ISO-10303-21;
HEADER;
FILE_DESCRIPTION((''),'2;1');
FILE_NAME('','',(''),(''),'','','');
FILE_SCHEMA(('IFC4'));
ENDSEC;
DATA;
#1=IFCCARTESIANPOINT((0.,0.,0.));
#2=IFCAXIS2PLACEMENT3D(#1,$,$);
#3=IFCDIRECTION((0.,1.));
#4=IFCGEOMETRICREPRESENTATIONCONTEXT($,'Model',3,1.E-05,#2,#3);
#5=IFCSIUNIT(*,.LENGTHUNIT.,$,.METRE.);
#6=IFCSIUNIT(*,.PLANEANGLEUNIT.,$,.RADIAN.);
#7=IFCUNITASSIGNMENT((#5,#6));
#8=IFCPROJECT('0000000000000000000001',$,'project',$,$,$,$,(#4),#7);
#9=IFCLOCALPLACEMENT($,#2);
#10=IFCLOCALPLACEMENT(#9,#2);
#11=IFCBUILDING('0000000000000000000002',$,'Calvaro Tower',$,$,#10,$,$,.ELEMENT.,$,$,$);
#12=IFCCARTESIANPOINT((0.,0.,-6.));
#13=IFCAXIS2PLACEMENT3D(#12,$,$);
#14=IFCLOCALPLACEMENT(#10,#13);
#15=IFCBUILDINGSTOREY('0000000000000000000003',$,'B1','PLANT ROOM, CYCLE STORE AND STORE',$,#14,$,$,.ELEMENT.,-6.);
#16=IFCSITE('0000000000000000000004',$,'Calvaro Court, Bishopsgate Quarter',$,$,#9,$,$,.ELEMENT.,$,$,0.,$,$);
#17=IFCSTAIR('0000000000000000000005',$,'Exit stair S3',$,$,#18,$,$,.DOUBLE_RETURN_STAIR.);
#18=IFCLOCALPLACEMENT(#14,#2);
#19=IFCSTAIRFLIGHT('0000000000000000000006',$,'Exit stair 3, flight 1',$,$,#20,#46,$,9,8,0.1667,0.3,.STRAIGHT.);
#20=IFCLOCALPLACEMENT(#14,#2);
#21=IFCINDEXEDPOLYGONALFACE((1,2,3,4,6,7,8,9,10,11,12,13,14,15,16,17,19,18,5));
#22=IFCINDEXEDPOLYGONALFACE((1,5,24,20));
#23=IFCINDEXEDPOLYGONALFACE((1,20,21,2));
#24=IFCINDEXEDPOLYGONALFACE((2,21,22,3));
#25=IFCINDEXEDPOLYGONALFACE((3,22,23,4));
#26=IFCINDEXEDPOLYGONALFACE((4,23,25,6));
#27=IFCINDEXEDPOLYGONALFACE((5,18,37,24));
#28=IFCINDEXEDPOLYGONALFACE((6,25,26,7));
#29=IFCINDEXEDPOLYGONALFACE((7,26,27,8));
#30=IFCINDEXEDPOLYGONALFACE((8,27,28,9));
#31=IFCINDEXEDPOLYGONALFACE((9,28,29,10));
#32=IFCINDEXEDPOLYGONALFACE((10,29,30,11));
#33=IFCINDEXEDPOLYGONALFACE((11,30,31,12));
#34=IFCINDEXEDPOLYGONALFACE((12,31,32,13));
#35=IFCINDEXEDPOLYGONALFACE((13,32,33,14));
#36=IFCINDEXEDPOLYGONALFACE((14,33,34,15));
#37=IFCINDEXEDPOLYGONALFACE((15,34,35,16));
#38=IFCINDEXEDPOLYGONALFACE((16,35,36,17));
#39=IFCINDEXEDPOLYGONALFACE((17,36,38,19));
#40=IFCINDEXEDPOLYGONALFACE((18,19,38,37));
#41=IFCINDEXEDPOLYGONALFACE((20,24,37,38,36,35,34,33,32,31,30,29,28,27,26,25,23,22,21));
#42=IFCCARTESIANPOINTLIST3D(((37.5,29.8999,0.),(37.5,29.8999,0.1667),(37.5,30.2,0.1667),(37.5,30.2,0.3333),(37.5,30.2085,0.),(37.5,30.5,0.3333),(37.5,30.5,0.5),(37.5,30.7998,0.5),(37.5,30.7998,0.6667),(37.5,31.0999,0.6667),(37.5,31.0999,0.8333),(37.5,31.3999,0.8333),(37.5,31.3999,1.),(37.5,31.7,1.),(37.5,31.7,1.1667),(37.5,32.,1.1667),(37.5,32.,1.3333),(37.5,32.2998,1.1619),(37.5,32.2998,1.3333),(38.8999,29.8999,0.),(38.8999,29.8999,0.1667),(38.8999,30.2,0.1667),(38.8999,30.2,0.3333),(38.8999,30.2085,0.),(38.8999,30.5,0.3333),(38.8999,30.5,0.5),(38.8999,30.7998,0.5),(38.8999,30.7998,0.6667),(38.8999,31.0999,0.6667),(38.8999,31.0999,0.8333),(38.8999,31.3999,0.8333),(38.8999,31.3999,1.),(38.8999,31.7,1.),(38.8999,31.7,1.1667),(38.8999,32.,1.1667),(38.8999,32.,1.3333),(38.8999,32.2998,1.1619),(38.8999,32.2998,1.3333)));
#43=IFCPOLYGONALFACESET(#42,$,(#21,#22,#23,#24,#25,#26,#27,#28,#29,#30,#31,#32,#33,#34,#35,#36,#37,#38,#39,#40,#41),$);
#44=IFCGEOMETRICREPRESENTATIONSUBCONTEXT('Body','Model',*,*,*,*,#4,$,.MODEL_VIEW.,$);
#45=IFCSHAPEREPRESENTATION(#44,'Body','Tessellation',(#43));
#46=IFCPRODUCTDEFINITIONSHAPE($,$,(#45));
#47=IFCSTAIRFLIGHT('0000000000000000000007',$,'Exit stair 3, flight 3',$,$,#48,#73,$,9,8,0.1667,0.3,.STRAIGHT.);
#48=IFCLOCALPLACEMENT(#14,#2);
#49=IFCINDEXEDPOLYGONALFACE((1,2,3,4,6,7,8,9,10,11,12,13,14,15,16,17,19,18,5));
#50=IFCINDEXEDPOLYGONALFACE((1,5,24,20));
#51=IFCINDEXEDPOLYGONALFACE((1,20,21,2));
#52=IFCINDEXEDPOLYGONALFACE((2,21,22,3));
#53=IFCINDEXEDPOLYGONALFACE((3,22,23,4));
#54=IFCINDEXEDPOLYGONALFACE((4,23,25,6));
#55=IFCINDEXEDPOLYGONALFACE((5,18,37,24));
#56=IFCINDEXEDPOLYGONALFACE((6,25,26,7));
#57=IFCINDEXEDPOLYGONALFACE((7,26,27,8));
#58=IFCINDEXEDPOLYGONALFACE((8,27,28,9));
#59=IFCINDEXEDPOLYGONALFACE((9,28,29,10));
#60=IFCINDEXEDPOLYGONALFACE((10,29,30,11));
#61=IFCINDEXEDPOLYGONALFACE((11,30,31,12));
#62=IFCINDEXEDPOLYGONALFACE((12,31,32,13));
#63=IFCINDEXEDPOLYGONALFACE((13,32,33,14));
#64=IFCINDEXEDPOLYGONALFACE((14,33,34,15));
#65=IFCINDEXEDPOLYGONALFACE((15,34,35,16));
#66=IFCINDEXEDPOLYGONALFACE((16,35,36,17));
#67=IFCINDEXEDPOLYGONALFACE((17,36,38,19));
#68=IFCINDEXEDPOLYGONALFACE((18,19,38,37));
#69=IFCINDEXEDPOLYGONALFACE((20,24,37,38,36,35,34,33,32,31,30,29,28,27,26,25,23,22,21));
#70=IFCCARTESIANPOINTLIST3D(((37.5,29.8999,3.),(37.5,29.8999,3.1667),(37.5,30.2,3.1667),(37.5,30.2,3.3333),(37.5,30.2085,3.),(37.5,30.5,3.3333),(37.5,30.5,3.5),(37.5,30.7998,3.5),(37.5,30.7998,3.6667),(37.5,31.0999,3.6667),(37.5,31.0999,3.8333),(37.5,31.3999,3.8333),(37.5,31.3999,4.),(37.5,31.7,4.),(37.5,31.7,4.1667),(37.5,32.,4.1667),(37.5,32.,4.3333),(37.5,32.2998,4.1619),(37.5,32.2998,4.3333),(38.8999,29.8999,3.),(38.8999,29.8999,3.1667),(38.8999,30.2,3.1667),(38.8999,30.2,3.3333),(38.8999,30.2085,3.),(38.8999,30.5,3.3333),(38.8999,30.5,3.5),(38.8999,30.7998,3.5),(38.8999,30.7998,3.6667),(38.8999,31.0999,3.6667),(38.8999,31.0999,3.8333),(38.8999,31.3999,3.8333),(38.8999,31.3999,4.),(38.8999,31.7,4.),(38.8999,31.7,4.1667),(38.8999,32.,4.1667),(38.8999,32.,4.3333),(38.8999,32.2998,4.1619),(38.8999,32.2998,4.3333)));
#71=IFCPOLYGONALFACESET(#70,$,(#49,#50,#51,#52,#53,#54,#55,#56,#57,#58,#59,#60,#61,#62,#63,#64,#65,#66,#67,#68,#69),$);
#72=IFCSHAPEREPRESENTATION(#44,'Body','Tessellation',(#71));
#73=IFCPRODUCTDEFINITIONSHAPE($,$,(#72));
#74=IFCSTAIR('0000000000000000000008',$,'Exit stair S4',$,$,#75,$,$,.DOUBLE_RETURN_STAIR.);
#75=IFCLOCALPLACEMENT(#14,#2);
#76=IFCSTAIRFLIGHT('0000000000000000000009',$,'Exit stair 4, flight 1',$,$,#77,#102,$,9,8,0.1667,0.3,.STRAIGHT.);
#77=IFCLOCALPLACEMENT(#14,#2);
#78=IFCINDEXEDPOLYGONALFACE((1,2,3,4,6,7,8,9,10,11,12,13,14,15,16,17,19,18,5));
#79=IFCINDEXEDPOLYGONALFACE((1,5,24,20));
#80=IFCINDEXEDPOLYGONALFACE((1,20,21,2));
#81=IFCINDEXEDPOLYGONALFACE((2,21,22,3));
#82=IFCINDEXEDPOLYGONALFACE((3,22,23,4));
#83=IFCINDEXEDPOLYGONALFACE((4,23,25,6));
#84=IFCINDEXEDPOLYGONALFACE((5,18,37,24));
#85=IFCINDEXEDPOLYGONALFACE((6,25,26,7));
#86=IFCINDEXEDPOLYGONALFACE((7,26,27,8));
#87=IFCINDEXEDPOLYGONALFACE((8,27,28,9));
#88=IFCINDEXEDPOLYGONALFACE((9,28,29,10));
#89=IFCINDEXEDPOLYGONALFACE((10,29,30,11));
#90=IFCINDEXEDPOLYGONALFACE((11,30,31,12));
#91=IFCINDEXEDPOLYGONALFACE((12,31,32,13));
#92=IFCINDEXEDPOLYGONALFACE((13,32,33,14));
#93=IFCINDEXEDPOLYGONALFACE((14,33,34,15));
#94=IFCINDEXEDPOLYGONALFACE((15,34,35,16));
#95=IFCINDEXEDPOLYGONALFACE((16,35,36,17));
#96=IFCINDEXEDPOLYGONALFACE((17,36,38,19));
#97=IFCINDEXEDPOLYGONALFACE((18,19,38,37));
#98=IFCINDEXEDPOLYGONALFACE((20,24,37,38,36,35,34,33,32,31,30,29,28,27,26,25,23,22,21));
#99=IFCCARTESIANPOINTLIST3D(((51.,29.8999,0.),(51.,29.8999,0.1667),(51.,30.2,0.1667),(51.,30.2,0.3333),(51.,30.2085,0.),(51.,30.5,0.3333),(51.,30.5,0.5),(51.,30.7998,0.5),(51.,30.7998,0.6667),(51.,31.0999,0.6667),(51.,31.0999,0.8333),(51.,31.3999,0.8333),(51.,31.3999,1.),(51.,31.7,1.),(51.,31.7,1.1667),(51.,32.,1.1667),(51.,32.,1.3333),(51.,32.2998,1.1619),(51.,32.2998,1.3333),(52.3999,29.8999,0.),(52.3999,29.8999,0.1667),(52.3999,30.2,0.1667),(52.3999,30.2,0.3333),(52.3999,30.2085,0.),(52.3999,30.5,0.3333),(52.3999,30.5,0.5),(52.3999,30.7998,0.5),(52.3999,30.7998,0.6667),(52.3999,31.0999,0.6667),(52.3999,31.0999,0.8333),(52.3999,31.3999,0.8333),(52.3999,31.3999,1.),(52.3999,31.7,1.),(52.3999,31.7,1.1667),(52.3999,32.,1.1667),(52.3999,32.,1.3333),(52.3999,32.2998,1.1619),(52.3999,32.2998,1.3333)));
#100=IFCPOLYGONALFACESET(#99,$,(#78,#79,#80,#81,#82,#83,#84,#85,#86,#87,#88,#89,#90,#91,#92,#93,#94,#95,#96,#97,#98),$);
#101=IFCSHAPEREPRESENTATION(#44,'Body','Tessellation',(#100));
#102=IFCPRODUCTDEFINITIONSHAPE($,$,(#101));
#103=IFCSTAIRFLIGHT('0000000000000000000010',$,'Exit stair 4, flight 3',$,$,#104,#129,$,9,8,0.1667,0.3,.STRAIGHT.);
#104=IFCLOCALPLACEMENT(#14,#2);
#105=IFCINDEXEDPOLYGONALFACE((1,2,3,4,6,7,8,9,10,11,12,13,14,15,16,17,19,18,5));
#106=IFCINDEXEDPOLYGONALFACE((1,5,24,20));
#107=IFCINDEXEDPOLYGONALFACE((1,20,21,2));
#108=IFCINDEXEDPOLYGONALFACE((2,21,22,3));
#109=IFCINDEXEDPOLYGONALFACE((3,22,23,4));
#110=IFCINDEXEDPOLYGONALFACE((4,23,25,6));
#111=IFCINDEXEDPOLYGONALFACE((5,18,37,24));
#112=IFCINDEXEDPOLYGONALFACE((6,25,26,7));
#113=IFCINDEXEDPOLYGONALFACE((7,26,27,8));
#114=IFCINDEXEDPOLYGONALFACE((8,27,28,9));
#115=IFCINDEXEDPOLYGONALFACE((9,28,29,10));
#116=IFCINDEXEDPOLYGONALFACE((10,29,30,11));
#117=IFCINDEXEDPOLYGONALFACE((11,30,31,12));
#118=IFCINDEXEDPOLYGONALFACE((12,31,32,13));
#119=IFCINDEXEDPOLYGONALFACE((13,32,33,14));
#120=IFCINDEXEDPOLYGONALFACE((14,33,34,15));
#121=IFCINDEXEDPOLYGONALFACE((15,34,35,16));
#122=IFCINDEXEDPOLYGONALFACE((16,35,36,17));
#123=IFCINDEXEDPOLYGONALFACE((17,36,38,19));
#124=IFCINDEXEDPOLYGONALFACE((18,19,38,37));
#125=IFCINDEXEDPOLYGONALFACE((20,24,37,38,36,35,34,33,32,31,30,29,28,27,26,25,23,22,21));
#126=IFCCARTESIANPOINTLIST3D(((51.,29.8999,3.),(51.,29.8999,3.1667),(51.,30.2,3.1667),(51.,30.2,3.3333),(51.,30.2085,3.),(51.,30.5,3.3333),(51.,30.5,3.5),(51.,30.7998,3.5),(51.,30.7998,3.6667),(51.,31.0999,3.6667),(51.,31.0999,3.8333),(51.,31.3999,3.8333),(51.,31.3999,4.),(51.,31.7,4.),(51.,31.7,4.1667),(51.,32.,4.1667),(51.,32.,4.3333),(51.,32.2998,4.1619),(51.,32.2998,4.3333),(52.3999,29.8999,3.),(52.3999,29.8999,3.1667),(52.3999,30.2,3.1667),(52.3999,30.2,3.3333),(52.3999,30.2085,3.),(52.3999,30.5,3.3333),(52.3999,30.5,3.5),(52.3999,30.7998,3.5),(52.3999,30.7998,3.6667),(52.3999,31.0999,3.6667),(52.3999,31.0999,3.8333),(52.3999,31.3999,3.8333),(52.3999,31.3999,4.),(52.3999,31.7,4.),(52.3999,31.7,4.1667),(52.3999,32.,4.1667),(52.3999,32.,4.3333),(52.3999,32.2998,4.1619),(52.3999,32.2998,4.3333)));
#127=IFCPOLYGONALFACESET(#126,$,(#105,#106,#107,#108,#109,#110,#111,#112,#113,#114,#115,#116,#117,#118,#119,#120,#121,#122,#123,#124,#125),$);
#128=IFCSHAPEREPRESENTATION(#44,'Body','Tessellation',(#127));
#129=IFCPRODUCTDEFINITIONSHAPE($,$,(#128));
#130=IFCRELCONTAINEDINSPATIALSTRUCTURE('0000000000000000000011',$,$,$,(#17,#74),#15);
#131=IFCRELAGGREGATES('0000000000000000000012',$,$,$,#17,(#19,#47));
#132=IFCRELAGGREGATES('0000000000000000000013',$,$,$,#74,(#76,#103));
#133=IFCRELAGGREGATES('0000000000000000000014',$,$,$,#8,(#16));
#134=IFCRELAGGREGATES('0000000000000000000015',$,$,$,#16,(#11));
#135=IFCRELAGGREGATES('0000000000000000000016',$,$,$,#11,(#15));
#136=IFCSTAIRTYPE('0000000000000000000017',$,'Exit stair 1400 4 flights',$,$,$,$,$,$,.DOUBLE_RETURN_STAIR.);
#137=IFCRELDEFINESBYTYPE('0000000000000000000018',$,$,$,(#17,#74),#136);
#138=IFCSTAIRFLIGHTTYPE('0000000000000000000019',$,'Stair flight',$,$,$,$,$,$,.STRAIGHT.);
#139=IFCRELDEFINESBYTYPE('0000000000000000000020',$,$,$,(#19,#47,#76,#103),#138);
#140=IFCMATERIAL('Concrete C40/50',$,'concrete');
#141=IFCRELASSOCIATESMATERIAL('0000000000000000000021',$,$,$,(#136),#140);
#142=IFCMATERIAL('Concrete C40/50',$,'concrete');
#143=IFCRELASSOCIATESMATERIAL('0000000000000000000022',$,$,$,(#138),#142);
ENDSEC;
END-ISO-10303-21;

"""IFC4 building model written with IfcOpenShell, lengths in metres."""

from ifc_helpers import new_model, si_unit, direction, frame, origin, place, context, subcontext, project, spatial, polyline, outline, extrude, material, type_object, element, aggregate, save


model = new_model("IFC4")

# Units and contexts
model_context = context("Model", 3, precision=1e-05, world=origin(), true_north=direction((0.0, 1.0)))
body_context = subcontext(model_context, "Body", "Model", "MODEL_VIEW")
ifc_project = project(units=[si_unit("LENGTHUNIT", "METRE"), si_unit("PLANEANGLEUNIT", "RADIAN")], contexts=[model_context])

# Site, building, storey
site_placement = place(None, origin())
site = spatial("IfcSite", under=ifc_project, at=site_placement, Name="Calvaro Court, Bishopsgate Quarter", CompositionType="ELEMENT", RefElevation=0.0)
building_placement = place(site_placement, origin())
building = spatial("IfcBuilding", under=site, at=building_placement, Name="Calvaro Tower", CompositionType="ELEMENT")
storey_placement = place(building_placement, frame((0.0, 0.0, -6.0)))
storey = spatial("IfcBuildingStorey", under=building, at=storey_placement, Name="B1", Description="PLANT ROOM, CYCLE STORE AND STORE", CompositionType="ELEMENT", Elevation=-6.0)

# Stairs, stair flights
ifc_material_1 = material(Name="Concrete C40/50", Category="concrete")
stair_type = type_object("IfcStairType", Name="Exit stair 1400 4 flights", PredefinedType="DOUBLE_RETURN_STAIR", material=ifc_material_1)
stair_1_placement = place(storey_placement, origin())
stair_1 = element("IfcStair", 1, at=stair_1_placement, inside=storey, type_object=stair_type, Name="Exit stair S3", PredefinedType="DOUBLE_RETURN_STAIR")
ifc_material_2 = material(Name="Concrete C40/50", Category="concrete")
stair_flight_type = type_object("IfcStairFlightType", Name="Stair flight", PredefinedType="STRAIGHT", material=ifc_material_2)
stair_flight_1_placement = place(storey_placement, frame((38.2, 29.8999, 0.0), z_axis=(0.0, 0.0, 1.0), x_axis=(0.0, 1.0, 0.0)))
stair_flight_1 = element("IfcStairFlight", 2, at=stair_flight_1_placement, type_object=stair_flight_type, Name="Exit stair 3, flight 1", NumberOfRisers=9, NumberOfTreads=8, PredefinedType="STRAIGHT", RiserHeight=0.1667, TreadLength=0.3, context=body_context, shape_type="SweptSolid", body=[
    extrude(outline(polyline([(0.0, 0.0), (0.0, 0.1667), (0.3, 0.1667), (0.3, 0.3333), (0.6001, 0.3333), (0.6001, 0.5), (0.8999, 0.5), (0.8999, 0.6667), (1.2, 0.6667), (1.2, 0.8333), (1.5, 0.8333), (1.5, 1.0), (1.8, 1.0), (1.8, 1.1667), (2.1001, 1.1667), (2.1001, 1.3333), (2.3999, 1.3333), (2.3999, 1.5), (2.3999, 1.1619), (0.3086, 0.0), (0.0, 0.0)])), frame((0.0, 0.7, 0.0), z_axis=(0.0, -1.0, 0.0), x_axis=(1.0, 0.0, 0.0)), (0.0, 0.0, 1.0), 1.3999),
])
stair_flight_2_placement = place(storey_placement, frame((38.2, 29.8999, 3.0), z_axis=(0.0, 0.0, 1.0), x_axis=(0.0, 1.0, 0.0)))
stair_flight_2 = element("IfcStairFlight", 3, at=stair_flight_2_placement, type_object=stair_flight_type, Name="Exit stair 3, flight 3", NumberOfRisers=9, NumberOfTreads=8, PredefinedType="STRAIGHT", RiserHeight=0.1667, TreadLength=0.3, context=body_context, shape_type="SweptSolid", body=[
    extrude(outline(polyline([(0.0, 0.0), (0.0, 0.1667), (0.3, 0.1667), (0.3, 0.3333), (0.6001, 0.3333), (0.6001, 0.5), (0.8999, 0.5), (0.8999, 0.6667), (1.2, 0.6667), (1.2, 0.8333), (1.5, 0.8333), (1.5, 1.0), (1.8, 1.0), (1.8, 1.1667), (2.1001, 1.1667), (2.1001, 1.3333), (2.3999, 1.3333), (2.3999, 1.5), (2.3999, 1.1619), (0.3086, 0.0), (0.0, 0.0)])), frame((0.0, 0.7, 0.0), z_axis=(0.0, -1.0, 0.0), x_axis=(1.0, 0.0, 0.0)), (0.0, 0.0, 1.0), 1.3999),
])
stair_2_placement = place(storey_placement, origin())
stair_2 = element("IfcStair", 4, at=stair_2_placement, inside=storey, type_object=stair_type, Name="Exit stair S4", PredefinedType="DOUBLE_RETURN_STAIR")
stair_flight_3_placement = place(storey_placement, frame((51.7, 29.8999, 0.0), z_axis=(0.0, 0.0, 1.0), x_axis=(0.0, 1.0, 0.0)))
stair_flight_3 = element("IfcStairFlight", 5, at=stair_flight_3_placement, type_object=stair_flight_type, Name="Exit stair 4, flight 1", NumberOfRisers=9, NumberOfTreads=8, PredefinedType="STRAIGHT", RiserHeight=0.1667, TreadLength=0.3, context=body_context, shape_type="SweptSolid", body=[
    extrude(outline(polyline([(0.0, 0.0), (0.0, 0.1667), (0.3, 0.1667), (0.3, 0.3333), (0.6001, 0.3333), (0.6001, 0.5), (0.8999, 0.5), (0.8999, 0.6667), (1.2, 0.6667), (1.2, 0.8333), (1.5, 0.8333), (1.5, 1.0), (1.8, 1.0), (1.8, 1.1667), (2.1001, 1.1667), (2.1001, 1.3333), (2.3999, 1.3333), (2.3999, 1.5), (2.3999, 1.1619), (0.3086, 0.0), (0.0, 0.0)])), frame((0.0, 0.7, 0.0), z_axis=(0.0, -1.0, 0.0), x_axis=(1.0, 0.0, 0.0)), (0.0, 0.0, 1.0), 1.3999),
])
stair_flight_4_placement = place(storey_placement, frame((51.7, 29.8999, 3.0), z_axis=(0.0, 0.0, 1.0), x_axis=(0.0, 1.0, 0.0)))
stair_flight_4 = element("IfcStairFlight", 6, at=stair_flight_4_placement, type_object=stair_flight_type, Name="Exit stair 4, flight 3", NumberOfRisers=9, NumberOfTreads=8, PredefinedType="STRAIGHT", RiserHeight=0.1667, TreadLength=0.3, context=body_context, shape_type="SweptSolid", body=[
    extrude(outline(polyline([(0.0, 0.0), (0.0, 0.1667), (0.3, 0.1667), (0.3, 0.3333), (0.6001, 0.3333), (0.6001, 0.5), (0.8999, 0.5), (0.8999, 0.6667), (1.2, 0.6667), (1.2, 0.8333), (1.5, 0.8333), (1.5, 1.0), (1.8, 1.0), (1.8, 1.1667), (2.1001, 1.1667), (2.1001, 1.3333), (2.3999, 1.3333), (2.3999, 1.5), (2.3999, 1.1619), (0.3086, 0.0), (0.0, 0.0)])), frame((0.0, 0.7, 0.0), z_axis=(0.0, -1.0, 0.0), x_axis=(1.0, 0.0, 0.0)), (0.0, 0.0, 1.0), 1.3999),
])

aggregate(stair_1, [stair_flight_1, stair_flight_2])
aggregate(stair_2, [stair_flight_3, stair_flight_4])

save(model, "model.ifc")
